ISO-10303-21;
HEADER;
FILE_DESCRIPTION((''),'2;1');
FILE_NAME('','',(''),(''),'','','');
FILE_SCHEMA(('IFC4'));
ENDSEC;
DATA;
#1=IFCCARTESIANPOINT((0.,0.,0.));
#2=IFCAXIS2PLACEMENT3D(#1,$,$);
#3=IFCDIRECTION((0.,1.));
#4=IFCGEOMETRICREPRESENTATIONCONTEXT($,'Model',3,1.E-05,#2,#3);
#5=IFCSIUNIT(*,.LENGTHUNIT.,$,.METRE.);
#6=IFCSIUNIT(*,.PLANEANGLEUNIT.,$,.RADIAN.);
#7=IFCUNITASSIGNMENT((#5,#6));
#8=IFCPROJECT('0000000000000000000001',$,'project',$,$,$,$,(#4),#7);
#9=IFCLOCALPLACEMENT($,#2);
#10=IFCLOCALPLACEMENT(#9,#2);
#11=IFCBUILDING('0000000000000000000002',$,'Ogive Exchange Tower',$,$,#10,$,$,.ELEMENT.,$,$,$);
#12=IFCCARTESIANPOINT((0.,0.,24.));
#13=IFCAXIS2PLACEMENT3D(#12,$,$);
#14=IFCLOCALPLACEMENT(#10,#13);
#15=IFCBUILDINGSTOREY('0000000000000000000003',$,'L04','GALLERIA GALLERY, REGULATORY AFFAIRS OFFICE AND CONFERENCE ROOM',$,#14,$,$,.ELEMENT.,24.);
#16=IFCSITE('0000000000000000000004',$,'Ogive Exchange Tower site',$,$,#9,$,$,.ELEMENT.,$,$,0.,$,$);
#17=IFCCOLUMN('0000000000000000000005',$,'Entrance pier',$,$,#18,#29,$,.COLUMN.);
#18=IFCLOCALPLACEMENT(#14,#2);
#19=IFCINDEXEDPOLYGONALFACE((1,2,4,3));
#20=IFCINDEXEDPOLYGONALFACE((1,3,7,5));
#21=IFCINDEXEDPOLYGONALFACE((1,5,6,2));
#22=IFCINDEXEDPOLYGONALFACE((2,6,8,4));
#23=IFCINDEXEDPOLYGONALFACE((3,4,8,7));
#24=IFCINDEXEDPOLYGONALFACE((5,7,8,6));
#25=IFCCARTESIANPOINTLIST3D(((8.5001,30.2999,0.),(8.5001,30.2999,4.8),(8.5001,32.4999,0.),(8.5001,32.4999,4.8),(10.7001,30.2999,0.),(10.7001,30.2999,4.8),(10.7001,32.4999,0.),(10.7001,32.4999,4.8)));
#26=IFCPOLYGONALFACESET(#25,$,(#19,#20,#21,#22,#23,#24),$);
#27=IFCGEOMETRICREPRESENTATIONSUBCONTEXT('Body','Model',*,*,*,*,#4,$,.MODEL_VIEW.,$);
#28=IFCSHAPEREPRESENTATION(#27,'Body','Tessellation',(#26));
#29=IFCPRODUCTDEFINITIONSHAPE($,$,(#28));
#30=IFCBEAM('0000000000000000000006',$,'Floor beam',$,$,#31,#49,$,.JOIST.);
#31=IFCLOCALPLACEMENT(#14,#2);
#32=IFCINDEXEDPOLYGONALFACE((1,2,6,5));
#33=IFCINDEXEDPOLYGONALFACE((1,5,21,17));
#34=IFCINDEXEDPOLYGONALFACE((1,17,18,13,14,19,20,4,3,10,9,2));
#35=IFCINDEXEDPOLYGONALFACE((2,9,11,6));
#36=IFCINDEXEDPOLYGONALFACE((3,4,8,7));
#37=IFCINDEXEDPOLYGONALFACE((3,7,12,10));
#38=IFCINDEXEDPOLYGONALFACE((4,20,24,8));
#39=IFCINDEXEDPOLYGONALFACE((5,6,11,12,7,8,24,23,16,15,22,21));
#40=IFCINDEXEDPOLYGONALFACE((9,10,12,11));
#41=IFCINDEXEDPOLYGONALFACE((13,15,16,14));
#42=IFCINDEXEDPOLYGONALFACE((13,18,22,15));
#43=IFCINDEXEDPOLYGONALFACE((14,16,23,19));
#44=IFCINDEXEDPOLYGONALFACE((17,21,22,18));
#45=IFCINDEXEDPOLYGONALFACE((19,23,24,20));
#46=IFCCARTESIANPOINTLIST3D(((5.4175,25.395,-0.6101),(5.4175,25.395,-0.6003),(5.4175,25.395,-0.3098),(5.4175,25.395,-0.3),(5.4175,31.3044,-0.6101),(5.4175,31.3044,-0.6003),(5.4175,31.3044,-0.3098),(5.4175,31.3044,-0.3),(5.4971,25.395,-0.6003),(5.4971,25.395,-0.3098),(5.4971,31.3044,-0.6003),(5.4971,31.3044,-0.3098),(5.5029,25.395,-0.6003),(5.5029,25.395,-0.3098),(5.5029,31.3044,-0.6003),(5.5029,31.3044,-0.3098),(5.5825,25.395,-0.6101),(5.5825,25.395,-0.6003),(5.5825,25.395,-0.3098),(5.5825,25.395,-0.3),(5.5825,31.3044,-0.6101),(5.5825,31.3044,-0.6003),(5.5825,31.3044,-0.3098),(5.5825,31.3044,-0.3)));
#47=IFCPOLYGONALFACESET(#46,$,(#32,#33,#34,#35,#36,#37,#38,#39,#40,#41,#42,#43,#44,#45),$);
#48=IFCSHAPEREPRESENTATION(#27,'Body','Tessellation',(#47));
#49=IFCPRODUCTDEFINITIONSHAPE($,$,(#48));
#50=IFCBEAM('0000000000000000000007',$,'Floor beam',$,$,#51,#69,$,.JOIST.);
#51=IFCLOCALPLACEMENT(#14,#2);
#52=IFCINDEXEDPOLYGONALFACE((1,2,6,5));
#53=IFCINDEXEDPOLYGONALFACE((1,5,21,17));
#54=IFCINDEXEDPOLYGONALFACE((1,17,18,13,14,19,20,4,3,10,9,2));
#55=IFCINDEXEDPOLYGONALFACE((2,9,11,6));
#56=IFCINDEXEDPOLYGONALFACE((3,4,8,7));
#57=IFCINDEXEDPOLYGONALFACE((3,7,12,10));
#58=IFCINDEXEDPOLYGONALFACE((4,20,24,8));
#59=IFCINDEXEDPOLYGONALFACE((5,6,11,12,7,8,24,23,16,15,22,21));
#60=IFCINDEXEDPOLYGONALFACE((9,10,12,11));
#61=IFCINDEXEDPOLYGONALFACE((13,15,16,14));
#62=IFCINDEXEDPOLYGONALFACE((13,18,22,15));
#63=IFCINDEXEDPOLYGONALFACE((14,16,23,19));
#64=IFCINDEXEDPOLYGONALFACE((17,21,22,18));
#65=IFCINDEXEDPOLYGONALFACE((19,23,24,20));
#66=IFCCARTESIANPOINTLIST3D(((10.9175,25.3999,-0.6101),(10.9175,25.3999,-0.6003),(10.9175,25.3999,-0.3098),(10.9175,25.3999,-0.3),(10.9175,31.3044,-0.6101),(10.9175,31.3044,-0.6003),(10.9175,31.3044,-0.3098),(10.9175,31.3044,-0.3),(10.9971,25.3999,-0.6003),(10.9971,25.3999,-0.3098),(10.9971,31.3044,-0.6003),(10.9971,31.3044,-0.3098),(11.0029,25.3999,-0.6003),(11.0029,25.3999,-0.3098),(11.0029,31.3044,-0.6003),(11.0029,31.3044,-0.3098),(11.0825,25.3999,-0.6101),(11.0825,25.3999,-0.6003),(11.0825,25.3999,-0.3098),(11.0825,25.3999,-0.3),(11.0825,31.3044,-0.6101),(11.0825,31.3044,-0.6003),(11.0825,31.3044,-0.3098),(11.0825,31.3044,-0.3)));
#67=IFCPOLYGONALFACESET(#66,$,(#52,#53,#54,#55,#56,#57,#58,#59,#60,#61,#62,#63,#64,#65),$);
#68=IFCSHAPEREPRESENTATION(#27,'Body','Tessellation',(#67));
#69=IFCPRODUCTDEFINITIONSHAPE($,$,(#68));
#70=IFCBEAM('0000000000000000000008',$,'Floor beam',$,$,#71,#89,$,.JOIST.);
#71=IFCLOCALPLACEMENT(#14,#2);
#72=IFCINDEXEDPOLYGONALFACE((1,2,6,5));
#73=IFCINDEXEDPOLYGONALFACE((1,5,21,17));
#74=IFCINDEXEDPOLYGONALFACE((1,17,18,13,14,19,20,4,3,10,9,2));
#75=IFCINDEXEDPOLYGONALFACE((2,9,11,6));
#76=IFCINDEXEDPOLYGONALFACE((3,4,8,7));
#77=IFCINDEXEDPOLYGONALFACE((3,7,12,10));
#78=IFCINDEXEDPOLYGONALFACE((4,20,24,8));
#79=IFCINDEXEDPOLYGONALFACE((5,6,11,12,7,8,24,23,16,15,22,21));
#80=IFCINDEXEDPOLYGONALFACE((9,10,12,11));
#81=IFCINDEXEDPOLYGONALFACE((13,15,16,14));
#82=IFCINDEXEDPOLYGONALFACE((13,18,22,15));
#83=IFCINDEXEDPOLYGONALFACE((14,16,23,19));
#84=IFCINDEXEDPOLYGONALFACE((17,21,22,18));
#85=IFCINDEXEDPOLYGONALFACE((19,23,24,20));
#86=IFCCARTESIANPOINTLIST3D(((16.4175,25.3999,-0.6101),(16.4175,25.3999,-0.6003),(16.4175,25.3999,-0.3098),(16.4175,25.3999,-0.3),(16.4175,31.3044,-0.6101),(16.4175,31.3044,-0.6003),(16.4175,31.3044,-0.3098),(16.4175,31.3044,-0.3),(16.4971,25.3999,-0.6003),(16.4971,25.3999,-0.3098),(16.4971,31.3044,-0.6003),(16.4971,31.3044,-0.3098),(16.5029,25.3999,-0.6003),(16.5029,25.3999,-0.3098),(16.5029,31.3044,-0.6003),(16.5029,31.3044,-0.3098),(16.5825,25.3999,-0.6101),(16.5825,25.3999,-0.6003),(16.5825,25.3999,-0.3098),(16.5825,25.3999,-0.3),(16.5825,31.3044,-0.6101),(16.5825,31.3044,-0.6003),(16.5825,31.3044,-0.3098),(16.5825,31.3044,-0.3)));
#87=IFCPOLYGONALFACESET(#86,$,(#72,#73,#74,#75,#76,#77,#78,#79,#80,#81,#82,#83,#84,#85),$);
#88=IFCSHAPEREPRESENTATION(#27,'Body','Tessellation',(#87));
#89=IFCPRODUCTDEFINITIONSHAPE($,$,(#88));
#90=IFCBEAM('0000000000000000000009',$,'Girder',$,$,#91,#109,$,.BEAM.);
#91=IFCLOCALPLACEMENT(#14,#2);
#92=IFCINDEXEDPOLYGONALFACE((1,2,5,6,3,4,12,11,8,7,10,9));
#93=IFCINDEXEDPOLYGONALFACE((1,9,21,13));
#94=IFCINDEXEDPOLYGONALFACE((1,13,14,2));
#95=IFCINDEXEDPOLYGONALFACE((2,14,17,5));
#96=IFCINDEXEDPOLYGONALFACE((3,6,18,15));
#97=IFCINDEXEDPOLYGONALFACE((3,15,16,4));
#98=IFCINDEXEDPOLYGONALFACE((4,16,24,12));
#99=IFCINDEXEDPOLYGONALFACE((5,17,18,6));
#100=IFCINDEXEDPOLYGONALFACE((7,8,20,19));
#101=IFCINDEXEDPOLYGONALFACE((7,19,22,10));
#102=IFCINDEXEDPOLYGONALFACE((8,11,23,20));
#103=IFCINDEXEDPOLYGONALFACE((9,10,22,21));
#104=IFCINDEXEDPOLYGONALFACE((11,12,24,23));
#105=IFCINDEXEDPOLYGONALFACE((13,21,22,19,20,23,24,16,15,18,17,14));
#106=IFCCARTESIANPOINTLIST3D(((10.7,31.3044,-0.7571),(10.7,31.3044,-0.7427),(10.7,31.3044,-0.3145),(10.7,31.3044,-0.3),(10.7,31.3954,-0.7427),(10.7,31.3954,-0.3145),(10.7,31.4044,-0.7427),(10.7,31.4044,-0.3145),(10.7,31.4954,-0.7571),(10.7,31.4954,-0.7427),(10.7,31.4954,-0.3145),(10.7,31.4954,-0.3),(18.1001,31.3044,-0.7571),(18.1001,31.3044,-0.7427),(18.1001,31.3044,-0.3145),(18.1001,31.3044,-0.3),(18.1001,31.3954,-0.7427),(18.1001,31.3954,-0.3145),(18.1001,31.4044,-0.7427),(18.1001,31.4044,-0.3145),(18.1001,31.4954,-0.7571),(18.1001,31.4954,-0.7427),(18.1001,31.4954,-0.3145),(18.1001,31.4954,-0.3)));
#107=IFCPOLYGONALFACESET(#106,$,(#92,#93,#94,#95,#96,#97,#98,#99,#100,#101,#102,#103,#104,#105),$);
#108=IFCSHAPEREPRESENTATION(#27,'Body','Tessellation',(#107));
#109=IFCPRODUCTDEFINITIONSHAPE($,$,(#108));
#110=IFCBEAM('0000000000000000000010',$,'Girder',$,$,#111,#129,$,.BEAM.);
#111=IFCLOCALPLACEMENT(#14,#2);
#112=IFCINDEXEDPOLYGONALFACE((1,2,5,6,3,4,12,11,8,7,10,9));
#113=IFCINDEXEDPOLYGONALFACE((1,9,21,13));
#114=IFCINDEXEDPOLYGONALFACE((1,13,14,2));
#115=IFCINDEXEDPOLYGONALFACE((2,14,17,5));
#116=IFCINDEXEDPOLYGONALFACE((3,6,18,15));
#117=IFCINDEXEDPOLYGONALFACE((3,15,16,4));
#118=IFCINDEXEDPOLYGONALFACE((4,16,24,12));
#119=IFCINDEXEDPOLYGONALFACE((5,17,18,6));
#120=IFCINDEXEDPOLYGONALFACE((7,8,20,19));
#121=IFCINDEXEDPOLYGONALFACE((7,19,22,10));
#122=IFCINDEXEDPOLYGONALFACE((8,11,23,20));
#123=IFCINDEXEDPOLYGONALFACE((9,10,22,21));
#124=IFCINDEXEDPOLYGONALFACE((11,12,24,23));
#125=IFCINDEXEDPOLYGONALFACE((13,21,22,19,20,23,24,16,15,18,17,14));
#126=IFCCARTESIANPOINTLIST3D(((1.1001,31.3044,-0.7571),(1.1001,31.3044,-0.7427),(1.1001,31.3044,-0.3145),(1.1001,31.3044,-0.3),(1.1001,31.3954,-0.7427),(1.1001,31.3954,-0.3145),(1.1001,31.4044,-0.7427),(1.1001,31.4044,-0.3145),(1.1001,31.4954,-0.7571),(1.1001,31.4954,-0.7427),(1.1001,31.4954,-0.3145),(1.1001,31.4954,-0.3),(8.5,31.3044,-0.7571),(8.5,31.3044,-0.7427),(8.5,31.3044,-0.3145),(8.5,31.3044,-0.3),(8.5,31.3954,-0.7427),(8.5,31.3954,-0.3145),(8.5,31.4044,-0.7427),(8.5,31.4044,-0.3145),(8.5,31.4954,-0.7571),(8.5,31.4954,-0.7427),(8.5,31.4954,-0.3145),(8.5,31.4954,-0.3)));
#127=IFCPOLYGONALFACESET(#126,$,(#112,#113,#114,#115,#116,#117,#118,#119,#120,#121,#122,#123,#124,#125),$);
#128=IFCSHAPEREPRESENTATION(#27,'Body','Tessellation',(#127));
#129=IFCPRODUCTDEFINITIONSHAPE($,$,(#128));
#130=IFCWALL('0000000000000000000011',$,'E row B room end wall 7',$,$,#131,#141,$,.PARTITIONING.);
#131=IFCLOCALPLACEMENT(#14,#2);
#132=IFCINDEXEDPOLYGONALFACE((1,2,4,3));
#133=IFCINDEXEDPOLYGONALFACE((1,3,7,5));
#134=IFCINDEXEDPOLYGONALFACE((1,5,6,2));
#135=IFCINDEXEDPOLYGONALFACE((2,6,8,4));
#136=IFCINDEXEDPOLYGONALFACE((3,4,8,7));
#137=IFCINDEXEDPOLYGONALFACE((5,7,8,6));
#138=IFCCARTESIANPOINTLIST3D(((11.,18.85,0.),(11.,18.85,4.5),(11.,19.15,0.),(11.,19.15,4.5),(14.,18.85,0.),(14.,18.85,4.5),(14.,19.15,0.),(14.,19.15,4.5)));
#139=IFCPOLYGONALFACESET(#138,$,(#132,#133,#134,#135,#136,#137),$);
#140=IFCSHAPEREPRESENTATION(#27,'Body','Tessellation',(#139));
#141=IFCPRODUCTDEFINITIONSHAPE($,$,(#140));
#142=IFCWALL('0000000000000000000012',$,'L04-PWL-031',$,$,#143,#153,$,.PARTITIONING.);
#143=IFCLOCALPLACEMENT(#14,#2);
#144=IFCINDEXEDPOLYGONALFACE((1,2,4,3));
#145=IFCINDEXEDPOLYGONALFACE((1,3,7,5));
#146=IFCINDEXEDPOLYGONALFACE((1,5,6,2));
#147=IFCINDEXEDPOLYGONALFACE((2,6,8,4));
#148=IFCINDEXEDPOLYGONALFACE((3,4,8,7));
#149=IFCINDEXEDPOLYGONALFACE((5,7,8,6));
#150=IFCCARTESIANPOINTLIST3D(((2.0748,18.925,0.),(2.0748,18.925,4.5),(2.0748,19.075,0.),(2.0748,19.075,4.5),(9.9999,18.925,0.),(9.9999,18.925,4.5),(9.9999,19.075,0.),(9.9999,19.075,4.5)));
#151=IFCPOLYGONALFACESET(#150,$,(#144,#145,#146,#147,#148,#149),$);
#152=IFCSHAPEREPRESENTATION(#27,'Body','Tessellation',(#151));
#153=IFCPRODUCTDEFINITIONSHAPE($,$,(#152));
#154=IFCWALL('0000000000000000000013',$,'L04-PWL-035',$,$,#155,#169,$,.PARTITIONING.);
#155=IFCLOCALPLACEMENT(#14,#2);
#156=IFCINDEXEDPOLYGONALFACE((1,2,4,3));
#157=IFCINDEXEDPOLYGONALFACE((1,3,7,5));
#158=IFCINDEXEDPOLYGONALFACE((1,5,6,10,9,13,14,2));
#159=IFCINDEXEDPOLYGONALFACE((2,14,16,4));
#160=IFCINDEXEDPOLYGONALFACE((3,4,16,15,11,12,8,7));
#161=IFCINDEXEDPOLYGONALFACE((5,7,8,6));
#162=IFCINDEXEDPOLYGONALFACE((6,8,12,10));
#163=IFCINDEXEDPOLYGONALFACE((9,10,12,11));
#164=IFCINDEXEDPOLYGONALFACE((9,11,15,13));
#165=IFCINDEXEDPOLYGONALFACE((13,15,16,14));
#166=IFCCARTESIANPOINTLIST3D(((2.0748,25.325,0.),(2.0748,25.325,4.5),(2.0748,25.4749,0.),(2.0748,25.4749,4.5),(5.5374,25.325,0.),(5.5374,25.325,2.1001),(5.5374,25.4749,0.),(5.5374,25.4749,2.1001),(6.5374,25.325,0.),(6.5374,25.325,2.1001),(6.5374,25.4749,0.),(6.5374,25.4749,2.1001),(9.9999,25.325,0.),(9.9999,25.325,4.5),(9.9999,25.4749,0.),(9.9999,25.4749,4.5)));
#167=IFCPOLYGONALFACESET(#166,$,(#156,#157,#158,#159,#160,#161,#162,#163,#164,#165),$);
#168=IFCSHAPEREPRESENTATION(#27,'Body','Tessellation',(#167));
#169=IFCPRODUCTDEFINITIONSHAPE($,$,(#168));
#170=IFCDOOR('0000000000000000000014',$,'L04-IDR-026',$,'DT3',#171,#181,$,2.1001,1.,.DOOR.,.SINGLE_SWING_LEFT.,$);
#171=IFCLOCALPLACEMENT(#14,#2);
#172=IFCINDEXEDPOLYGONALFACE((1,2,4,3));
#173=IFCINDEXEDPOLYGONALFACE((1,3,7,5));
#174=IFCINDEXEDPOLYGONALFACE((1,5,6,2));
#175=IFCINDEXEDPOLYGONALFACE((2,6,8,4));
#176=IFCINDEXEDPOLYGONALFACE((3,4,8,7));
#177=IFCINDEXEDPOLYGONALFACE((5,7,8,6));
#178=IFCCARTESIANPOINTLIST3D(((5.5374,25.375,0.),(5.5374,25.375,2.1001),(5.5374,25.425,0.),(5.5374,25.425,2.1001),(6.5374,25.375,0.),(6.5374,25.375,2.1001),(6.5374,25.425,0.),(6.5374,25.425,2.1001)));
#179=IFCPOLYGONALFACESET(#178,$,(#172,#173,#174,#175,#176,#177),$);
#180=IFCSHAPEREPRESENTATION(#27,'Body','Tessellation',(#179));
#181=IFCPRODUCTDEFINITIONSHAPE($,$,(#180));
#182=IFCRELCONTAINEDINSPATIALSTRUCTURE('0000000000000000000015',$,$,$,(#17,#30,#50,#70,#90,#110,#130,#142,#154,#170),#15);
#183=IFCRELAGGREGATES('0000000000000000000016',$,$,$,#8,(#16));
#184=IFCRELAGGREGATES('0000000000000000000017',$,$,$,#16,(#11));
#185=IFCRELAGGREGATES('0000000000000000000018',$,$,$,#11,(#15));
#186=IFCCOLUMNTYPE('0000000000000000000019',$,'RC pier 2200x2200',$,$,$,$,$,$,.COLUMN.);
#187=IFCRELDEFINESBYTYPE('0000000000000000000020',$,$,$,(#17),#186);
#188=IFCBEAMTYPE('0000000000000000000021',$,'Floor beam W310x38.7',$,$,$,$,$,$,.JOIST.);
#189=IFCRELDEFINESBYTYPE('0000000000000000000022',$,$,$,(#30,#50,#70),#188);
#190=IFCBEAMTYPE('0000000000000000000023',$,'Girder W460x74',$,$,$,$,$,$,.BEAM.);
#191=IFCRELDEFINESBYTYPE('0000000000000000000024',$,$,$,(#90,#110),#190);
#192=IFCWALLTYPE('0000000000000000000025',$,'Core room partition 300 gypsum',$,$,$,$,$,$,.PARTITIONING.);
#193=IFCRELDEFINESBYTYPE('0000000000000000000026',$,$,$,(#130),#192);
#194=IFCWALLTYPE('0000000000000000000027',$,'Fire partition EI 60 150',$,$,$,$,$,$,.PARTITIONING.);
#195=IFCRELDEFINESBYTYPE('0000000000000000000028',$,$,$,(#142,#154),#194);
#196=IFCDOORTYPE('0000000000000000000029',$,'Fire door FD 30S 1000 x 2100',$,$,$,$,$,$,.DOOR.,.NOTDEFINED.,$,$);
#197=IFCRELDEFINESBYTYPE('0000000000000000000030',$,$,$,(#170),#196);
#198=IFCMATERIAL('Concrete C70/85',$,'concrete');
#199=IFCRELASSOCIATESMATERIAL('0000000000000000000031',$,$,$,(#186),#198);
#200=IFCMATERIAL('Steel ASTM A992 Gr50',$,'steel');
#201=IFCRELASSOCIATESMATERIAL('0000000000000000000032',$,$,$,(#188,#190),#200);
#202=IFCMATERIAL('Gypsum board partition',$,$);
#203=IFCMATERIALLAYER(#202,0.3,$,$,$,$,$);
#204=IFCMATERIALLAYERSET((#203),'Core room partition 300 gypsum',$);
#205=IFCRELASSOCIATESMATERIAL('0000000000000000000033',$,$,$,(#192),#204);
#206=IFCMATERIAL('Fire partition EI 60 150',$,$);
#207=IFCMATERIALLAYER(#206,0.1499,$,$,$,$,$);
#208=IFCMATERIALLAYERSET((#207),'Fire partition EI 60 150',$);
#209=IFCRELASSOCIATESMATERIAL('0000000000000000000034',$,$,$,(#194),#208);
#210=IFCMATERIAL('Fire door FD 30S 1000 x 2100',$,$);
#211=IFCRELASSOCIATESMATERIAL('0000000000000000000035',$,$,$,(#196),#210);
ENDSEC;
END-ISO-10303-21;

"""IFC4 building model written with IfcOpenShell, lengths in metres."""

from ifc_helpers import new_model, si_unit, direction, frame, frame_2d, origin, origin_2d, place, context, subcontext, project, spatial, rectangle, i_section, extrude, material, layer, layer_set, material_profile, profile_set, type_object, element, fill, save


model = new_model("IFC4")

# Units and contexts
model_context = context("Model", 3, precision=1e-05, world=origin(), true_north=direction((0.0, 1.0)))
body_context = subcontext(model_context, "Body", "Model", "MODEL_VIEW")
ifc_project = project(units=[si_unit("LENGTHUNIT", "METRE"), si_unit("PLANEANGLEUNIT", "RADIAN")], contexts=[model_context])

# Site, building, storey
site_placement = place(None, origin())
site = spatial("IfcSite", under=ifc_project, at=site_placement, Name="Ogive Exchange Tower site", CompositionType="ELEMENT", RefElevation=0.0)
building_placement = place(site_placement, origin())
building = spatial("IfcBuilding", under=site, at=building_placement, Name="Ogive Exchange Tower", CompositionType="ELEMENT")
storey_placement = place(building_placement, frame((0.0, 0.0, 24.0)))
storey = spatial("IfcBuildingStorey", under=building, at=storey_placement, Name="L04", Description="GALLERIA GALLERY, REGULATORY AFFAIRS OFFICE AND CONFERENCE ROOM", CompositionType="ELEMENT", Elevation=24.0)

# Column
ifc_material_1 = material(Name="Concrete C70/85", Category="concrete")
ifc_material_profile_1 = material_profile(ifc_material_1, rectangle(XDim=2.2, YDim=2.2, at=origin_2d()), Name="RC 2200x2200")
ifc_profile_set_1 = profile_set([ifc_material_profile_1], Name="Concrete C70/85")
column_type = type_object("IfcColumnType", Name="RC pier 2200x2200", PredefinedType="COLUMN", material=ifc_profile_set_1)
column_placement = place(storey_placement, frame((9.6001, 31.3999, 0.0), z_axis=(0.0, 0.0, 1.0), x_axis=(1.0, 0.0, 0.0)))
element("IfcColumn", 1, at=column_placement, inside=storey, type_object=column_type, Name="Entrance pier", PredefinedType="COLUMN", context=body_context, shape_type="SweptSolid", body=[
    extrude(rectangle(XDim=2.2, YDim=2.2, at=origin_2d()), origin(), (0.0, 0.0, 1.0), 4.8),
])

# Beams
ifc_material_2 = material(Name="Steel ASTM A992 Gr50", Category="steel")
ifc_material_profile_2 = material_profile(ifc_material_2, i_section(OverallWidth=0.165, OverallDepth=0.3101, WebThickness=0.0059, FlangeThickness=0.0098, at=origin_2d()), Name="W310x38.7")
ifc_profile_set_2 = profile_set([ifc_material_profile_2], Name="Steel ASTM A992 Gr50")
beam_type_1 = type_object("IfcBeamType", Name="Floor beam W310x38.7", PredefinedType="JOIST", material=ifc_profile_set_2)
beam_1_placement = place(storey_placement, frame((5.5, 25.395, -0.4551), z_axis=(0.0, 1.0, 0.0), x_axis=(-1.0, 0.0, 0.0)))
element("IfcBeam", 2, at=beam_1_placement, inside=storey, type_object=beam_type_1, Name="Floor beam", PredefinedType="JOIST", context=body_context, shape_type="SweptSolid", body=[
    extrude(i_section(OverallWidth=0.165, OverallDepth=0.3101, WebThickness=0.0059, FlangeThickness=0.0098, at=origin_2d()), origin(), (0.0, 0.0, 1.0), 5.9094),
])
for number, where, z_axis, x_axis, name in (
    (3, (11.0, 25.3999, -0.4551), (0.0, 1.0, 0.0), (-1.0, 0.0, 0.0), "Floor beam"),
    (4, (16.5, 25.3999, -0.4551), (0.0, 1.0, 0.0), (-1.0, 0.0, 0.0), "Floor beam"),
):
    element("IfcBeam", number, at=place(storey_placement, frame(where, z_axis=z_axis, x_axis=x_axis)), inside=storey, type_object=beam_type_1, Name=name, PredefinedType="JOIST", context=body_context, shape_type="SweptSolid", body=[
        extrude(i_section(OverallWidth=0.165, OverallDepth=0.3101, WebThickness=0.0059, FlangeThickness=0.0098, at=origin_2d()), origin(), (0.0, 0.0, 1.0), 5.9045),
    ])
ifc_material_profile_3 = material_profile(ifc_material_2, i_section(OverallWidth=0.1909, OverallDepth=0.457, WebThickness=0.009, FlangeThickness=0.0144, at=origin_2d()), Name="W460x74")
ifc_profile_set_3 = profile_set([ifc_material_profile_3], Name="Steel ASTM A992 Gr50")
beam_type_2 = type_object("IfcBeamType", Name="Girder W460x74", PredefinedType="BEAM", material=ifc_profile_set_3)
beam_2_placement = place(storey_placement, frame((18.1001, 31.3999, -0.5286), z_axis=(-1.0, 0.0, 0.0), x_axis=(0.0, -1.0, 0.0)))
element("IfcBeam", 5, at=beam_2_placement, inside=storey, type_object=beam_type_2, Name="Girder", PredefinedType="BEAM", context=body_context, shape_type="SweptSolid", body=[
    extrude(i_section(OverallWidth=0.1909, OverallDepth=0.457, WebThickness=0.009, FlangeThickness=0.0144, at=origin_2d()), origin(), (0.0, 0.0, 1.0), 7.4001),
])
beam_3_placement = place(storey_placement, frame((8.5, 31.3999, -0.5286), z_axis=(-1.0, 0.0, 0.0), x_axis=(0.0, -1.0, 0.0)))
element("IfcBeam", 6, at=beam_3_placement, inside=storey, type_object=beam_type_2, Name="Girder", PredefinedType="BEAM", context=body_context, shape_type="SweptSolid", body=[
    extrude(i_section(OverallWidth=0.1909, OverallDepth=0.457, WebThickness=0.009, FlangeThickness=0.0144, at=origin_2d()), origin(), (0.0, 0.0, 1.0), 7.3999),
])

# Walls
ifc_material_3 = material(Name="Gypsum board partition")
ifc_layer_1 = layer(ifc_material_3, 0.3)
ifc_layer_set_1 = layer_set([ifc_layer_1], Name="Core room partition 300 gypsum")
wall_type_1 = type_object("IfcWallType", Name="Core room partition 300 gypsum", PredefinedType="PARTITIONING", material=ifc_layer_set_1)
wall_1_placement = place(storey_placement, frame((11.0, 19.0, 0.0), z_axis=(0.0, 0.0, 1.0), x_axis=(1.0, 0.0, 0.0)))
element("IfcWall", 7, at=wall_1_placement, inside=storey, type_object=wall_type_1, Name="E row B room end wall 7", PredefinedType="PARTITIONING", context=body_context, shape_type="SweptSolid", body=[
    extrude(rectangle(XDim=3.0, YDim=0.3, at=frame_2d((1.5, 0.0))), origin(), (0.0, 0.0, 1.0), 4.5),
])
ifc_material_4 = material(Name="Fire partition EI 60 150")
ifc_layer_2 = layer(ifc_material_4, 0.1499)
ifc_layer_set_2 = layer_set([ifc_layer_2], Name="Fire partition EI 60 150")
wall_type_2 = type_object("IfcWallType", Name="Fire partition EI 60 150", PredefinedType="PARTITIONING", material=ifc_layer_set_2)
wall_2_placement = place(storey_placement, frame((2.075, 19.0, 0.0), z_axis=(0.0, 0.0, 1.0), x_axis=(1.0, 0.0, 0.0)))
element("IfcWall", 8, at=wall_2_placement, inside=storey, type_object=wall_type_2, Name="L04-PWL-031", PredefinedType="PARTITIONING", context=body_context, shape_type="SweptSolid", body=[
    extrude(rectangle(XDim=7.925, YDim=0.1499, at=frame_2d((3.9624, 0.0))), origin(), (0.0, 0.0, 1.0), 4.5),
])

# Wall, opening, door
wall_3_placement = place(storey_placement, frame((2.075, 25.3999, 0.0), z_axis=(0.0, 0.0, 1.0), x_axis=(1.0, 0.0, 0.0)))
wall_3 = element("IfcWall", 9, at=wall_3_placement, inside=storey, type_object=wall_type_2, Name="L04-PWL-035", PredefinedType="PARTITIONING", context=body_context, shape_type="SweptSolid", body=[
    extrude(rectangle(XDim=7.925, YDim=0.1499, at=frame_2d((3.9624, 0.0))), origin(), (0.0, 0.0, 1.0), 4.5),
])
opening_1_placement = place(wall_3_placement, frame((3.4624, 0.0, 0.0)))
opening_1 = element("IfcOpeningElement", 10, at=opening_1_placement, cuts=wall_3, PredefinedType="OPENING", context=body_context, shape_type="SweptSolid", body=[
    extrude(rectangle(XDim=1.0, YDim=2.1001, at=frame_2d((0.5, 1.05))), frame((0.0, 0.085, 0.0), z_axis=(0.0, -1.0, 0.0), x_axis=(1.0, 0.0, 0.0)), (0.0, 0.0, 1.0), 0.1699),
])
ifc_material_5 = material(Name="Fire door FD 30S 1000 x 2100")
door_type_1 = type_object("IfcDoorType", Name="Fire door FD 30S 1000 x 2100", OperationType="NOTDEFINED", PredefinedType="DOOR", material=ifc_material_5)
door_1_placement = place(opening_1_placement, frame((1.0, 0.0, 0.0), z_axis=(0.0, 0.0, 1.0), x_axis=(-1.0, 0.0, 0.0)))
door_1 = element("IfcDoor", 11, at=door_1_placement, inside=storey, type_object=door_type_1, Name="L04-IDR-026", ObjectType="DT3", OperationType="SINGLE_SWING_LEFT", OverallHeight=2.1001, OverallWidth=1.0, PredefinedType="DOOR", context=body_context, shape_type="SweptSolid", body=[
    extrude(rectangle(XDim=1.0, YDim=2.1001, at=frame_2d((0.5, 1.05))), frame((0.0, 0.0249, 0.0), z_axis=(0.0, -1.0, 0.0), x_axis=(1.0, 0.0, 0.0)), (0.0, 0.0, 1.0), 0.05),
])
fill(opening_1, door_1)

save(model, "model.ifc")
